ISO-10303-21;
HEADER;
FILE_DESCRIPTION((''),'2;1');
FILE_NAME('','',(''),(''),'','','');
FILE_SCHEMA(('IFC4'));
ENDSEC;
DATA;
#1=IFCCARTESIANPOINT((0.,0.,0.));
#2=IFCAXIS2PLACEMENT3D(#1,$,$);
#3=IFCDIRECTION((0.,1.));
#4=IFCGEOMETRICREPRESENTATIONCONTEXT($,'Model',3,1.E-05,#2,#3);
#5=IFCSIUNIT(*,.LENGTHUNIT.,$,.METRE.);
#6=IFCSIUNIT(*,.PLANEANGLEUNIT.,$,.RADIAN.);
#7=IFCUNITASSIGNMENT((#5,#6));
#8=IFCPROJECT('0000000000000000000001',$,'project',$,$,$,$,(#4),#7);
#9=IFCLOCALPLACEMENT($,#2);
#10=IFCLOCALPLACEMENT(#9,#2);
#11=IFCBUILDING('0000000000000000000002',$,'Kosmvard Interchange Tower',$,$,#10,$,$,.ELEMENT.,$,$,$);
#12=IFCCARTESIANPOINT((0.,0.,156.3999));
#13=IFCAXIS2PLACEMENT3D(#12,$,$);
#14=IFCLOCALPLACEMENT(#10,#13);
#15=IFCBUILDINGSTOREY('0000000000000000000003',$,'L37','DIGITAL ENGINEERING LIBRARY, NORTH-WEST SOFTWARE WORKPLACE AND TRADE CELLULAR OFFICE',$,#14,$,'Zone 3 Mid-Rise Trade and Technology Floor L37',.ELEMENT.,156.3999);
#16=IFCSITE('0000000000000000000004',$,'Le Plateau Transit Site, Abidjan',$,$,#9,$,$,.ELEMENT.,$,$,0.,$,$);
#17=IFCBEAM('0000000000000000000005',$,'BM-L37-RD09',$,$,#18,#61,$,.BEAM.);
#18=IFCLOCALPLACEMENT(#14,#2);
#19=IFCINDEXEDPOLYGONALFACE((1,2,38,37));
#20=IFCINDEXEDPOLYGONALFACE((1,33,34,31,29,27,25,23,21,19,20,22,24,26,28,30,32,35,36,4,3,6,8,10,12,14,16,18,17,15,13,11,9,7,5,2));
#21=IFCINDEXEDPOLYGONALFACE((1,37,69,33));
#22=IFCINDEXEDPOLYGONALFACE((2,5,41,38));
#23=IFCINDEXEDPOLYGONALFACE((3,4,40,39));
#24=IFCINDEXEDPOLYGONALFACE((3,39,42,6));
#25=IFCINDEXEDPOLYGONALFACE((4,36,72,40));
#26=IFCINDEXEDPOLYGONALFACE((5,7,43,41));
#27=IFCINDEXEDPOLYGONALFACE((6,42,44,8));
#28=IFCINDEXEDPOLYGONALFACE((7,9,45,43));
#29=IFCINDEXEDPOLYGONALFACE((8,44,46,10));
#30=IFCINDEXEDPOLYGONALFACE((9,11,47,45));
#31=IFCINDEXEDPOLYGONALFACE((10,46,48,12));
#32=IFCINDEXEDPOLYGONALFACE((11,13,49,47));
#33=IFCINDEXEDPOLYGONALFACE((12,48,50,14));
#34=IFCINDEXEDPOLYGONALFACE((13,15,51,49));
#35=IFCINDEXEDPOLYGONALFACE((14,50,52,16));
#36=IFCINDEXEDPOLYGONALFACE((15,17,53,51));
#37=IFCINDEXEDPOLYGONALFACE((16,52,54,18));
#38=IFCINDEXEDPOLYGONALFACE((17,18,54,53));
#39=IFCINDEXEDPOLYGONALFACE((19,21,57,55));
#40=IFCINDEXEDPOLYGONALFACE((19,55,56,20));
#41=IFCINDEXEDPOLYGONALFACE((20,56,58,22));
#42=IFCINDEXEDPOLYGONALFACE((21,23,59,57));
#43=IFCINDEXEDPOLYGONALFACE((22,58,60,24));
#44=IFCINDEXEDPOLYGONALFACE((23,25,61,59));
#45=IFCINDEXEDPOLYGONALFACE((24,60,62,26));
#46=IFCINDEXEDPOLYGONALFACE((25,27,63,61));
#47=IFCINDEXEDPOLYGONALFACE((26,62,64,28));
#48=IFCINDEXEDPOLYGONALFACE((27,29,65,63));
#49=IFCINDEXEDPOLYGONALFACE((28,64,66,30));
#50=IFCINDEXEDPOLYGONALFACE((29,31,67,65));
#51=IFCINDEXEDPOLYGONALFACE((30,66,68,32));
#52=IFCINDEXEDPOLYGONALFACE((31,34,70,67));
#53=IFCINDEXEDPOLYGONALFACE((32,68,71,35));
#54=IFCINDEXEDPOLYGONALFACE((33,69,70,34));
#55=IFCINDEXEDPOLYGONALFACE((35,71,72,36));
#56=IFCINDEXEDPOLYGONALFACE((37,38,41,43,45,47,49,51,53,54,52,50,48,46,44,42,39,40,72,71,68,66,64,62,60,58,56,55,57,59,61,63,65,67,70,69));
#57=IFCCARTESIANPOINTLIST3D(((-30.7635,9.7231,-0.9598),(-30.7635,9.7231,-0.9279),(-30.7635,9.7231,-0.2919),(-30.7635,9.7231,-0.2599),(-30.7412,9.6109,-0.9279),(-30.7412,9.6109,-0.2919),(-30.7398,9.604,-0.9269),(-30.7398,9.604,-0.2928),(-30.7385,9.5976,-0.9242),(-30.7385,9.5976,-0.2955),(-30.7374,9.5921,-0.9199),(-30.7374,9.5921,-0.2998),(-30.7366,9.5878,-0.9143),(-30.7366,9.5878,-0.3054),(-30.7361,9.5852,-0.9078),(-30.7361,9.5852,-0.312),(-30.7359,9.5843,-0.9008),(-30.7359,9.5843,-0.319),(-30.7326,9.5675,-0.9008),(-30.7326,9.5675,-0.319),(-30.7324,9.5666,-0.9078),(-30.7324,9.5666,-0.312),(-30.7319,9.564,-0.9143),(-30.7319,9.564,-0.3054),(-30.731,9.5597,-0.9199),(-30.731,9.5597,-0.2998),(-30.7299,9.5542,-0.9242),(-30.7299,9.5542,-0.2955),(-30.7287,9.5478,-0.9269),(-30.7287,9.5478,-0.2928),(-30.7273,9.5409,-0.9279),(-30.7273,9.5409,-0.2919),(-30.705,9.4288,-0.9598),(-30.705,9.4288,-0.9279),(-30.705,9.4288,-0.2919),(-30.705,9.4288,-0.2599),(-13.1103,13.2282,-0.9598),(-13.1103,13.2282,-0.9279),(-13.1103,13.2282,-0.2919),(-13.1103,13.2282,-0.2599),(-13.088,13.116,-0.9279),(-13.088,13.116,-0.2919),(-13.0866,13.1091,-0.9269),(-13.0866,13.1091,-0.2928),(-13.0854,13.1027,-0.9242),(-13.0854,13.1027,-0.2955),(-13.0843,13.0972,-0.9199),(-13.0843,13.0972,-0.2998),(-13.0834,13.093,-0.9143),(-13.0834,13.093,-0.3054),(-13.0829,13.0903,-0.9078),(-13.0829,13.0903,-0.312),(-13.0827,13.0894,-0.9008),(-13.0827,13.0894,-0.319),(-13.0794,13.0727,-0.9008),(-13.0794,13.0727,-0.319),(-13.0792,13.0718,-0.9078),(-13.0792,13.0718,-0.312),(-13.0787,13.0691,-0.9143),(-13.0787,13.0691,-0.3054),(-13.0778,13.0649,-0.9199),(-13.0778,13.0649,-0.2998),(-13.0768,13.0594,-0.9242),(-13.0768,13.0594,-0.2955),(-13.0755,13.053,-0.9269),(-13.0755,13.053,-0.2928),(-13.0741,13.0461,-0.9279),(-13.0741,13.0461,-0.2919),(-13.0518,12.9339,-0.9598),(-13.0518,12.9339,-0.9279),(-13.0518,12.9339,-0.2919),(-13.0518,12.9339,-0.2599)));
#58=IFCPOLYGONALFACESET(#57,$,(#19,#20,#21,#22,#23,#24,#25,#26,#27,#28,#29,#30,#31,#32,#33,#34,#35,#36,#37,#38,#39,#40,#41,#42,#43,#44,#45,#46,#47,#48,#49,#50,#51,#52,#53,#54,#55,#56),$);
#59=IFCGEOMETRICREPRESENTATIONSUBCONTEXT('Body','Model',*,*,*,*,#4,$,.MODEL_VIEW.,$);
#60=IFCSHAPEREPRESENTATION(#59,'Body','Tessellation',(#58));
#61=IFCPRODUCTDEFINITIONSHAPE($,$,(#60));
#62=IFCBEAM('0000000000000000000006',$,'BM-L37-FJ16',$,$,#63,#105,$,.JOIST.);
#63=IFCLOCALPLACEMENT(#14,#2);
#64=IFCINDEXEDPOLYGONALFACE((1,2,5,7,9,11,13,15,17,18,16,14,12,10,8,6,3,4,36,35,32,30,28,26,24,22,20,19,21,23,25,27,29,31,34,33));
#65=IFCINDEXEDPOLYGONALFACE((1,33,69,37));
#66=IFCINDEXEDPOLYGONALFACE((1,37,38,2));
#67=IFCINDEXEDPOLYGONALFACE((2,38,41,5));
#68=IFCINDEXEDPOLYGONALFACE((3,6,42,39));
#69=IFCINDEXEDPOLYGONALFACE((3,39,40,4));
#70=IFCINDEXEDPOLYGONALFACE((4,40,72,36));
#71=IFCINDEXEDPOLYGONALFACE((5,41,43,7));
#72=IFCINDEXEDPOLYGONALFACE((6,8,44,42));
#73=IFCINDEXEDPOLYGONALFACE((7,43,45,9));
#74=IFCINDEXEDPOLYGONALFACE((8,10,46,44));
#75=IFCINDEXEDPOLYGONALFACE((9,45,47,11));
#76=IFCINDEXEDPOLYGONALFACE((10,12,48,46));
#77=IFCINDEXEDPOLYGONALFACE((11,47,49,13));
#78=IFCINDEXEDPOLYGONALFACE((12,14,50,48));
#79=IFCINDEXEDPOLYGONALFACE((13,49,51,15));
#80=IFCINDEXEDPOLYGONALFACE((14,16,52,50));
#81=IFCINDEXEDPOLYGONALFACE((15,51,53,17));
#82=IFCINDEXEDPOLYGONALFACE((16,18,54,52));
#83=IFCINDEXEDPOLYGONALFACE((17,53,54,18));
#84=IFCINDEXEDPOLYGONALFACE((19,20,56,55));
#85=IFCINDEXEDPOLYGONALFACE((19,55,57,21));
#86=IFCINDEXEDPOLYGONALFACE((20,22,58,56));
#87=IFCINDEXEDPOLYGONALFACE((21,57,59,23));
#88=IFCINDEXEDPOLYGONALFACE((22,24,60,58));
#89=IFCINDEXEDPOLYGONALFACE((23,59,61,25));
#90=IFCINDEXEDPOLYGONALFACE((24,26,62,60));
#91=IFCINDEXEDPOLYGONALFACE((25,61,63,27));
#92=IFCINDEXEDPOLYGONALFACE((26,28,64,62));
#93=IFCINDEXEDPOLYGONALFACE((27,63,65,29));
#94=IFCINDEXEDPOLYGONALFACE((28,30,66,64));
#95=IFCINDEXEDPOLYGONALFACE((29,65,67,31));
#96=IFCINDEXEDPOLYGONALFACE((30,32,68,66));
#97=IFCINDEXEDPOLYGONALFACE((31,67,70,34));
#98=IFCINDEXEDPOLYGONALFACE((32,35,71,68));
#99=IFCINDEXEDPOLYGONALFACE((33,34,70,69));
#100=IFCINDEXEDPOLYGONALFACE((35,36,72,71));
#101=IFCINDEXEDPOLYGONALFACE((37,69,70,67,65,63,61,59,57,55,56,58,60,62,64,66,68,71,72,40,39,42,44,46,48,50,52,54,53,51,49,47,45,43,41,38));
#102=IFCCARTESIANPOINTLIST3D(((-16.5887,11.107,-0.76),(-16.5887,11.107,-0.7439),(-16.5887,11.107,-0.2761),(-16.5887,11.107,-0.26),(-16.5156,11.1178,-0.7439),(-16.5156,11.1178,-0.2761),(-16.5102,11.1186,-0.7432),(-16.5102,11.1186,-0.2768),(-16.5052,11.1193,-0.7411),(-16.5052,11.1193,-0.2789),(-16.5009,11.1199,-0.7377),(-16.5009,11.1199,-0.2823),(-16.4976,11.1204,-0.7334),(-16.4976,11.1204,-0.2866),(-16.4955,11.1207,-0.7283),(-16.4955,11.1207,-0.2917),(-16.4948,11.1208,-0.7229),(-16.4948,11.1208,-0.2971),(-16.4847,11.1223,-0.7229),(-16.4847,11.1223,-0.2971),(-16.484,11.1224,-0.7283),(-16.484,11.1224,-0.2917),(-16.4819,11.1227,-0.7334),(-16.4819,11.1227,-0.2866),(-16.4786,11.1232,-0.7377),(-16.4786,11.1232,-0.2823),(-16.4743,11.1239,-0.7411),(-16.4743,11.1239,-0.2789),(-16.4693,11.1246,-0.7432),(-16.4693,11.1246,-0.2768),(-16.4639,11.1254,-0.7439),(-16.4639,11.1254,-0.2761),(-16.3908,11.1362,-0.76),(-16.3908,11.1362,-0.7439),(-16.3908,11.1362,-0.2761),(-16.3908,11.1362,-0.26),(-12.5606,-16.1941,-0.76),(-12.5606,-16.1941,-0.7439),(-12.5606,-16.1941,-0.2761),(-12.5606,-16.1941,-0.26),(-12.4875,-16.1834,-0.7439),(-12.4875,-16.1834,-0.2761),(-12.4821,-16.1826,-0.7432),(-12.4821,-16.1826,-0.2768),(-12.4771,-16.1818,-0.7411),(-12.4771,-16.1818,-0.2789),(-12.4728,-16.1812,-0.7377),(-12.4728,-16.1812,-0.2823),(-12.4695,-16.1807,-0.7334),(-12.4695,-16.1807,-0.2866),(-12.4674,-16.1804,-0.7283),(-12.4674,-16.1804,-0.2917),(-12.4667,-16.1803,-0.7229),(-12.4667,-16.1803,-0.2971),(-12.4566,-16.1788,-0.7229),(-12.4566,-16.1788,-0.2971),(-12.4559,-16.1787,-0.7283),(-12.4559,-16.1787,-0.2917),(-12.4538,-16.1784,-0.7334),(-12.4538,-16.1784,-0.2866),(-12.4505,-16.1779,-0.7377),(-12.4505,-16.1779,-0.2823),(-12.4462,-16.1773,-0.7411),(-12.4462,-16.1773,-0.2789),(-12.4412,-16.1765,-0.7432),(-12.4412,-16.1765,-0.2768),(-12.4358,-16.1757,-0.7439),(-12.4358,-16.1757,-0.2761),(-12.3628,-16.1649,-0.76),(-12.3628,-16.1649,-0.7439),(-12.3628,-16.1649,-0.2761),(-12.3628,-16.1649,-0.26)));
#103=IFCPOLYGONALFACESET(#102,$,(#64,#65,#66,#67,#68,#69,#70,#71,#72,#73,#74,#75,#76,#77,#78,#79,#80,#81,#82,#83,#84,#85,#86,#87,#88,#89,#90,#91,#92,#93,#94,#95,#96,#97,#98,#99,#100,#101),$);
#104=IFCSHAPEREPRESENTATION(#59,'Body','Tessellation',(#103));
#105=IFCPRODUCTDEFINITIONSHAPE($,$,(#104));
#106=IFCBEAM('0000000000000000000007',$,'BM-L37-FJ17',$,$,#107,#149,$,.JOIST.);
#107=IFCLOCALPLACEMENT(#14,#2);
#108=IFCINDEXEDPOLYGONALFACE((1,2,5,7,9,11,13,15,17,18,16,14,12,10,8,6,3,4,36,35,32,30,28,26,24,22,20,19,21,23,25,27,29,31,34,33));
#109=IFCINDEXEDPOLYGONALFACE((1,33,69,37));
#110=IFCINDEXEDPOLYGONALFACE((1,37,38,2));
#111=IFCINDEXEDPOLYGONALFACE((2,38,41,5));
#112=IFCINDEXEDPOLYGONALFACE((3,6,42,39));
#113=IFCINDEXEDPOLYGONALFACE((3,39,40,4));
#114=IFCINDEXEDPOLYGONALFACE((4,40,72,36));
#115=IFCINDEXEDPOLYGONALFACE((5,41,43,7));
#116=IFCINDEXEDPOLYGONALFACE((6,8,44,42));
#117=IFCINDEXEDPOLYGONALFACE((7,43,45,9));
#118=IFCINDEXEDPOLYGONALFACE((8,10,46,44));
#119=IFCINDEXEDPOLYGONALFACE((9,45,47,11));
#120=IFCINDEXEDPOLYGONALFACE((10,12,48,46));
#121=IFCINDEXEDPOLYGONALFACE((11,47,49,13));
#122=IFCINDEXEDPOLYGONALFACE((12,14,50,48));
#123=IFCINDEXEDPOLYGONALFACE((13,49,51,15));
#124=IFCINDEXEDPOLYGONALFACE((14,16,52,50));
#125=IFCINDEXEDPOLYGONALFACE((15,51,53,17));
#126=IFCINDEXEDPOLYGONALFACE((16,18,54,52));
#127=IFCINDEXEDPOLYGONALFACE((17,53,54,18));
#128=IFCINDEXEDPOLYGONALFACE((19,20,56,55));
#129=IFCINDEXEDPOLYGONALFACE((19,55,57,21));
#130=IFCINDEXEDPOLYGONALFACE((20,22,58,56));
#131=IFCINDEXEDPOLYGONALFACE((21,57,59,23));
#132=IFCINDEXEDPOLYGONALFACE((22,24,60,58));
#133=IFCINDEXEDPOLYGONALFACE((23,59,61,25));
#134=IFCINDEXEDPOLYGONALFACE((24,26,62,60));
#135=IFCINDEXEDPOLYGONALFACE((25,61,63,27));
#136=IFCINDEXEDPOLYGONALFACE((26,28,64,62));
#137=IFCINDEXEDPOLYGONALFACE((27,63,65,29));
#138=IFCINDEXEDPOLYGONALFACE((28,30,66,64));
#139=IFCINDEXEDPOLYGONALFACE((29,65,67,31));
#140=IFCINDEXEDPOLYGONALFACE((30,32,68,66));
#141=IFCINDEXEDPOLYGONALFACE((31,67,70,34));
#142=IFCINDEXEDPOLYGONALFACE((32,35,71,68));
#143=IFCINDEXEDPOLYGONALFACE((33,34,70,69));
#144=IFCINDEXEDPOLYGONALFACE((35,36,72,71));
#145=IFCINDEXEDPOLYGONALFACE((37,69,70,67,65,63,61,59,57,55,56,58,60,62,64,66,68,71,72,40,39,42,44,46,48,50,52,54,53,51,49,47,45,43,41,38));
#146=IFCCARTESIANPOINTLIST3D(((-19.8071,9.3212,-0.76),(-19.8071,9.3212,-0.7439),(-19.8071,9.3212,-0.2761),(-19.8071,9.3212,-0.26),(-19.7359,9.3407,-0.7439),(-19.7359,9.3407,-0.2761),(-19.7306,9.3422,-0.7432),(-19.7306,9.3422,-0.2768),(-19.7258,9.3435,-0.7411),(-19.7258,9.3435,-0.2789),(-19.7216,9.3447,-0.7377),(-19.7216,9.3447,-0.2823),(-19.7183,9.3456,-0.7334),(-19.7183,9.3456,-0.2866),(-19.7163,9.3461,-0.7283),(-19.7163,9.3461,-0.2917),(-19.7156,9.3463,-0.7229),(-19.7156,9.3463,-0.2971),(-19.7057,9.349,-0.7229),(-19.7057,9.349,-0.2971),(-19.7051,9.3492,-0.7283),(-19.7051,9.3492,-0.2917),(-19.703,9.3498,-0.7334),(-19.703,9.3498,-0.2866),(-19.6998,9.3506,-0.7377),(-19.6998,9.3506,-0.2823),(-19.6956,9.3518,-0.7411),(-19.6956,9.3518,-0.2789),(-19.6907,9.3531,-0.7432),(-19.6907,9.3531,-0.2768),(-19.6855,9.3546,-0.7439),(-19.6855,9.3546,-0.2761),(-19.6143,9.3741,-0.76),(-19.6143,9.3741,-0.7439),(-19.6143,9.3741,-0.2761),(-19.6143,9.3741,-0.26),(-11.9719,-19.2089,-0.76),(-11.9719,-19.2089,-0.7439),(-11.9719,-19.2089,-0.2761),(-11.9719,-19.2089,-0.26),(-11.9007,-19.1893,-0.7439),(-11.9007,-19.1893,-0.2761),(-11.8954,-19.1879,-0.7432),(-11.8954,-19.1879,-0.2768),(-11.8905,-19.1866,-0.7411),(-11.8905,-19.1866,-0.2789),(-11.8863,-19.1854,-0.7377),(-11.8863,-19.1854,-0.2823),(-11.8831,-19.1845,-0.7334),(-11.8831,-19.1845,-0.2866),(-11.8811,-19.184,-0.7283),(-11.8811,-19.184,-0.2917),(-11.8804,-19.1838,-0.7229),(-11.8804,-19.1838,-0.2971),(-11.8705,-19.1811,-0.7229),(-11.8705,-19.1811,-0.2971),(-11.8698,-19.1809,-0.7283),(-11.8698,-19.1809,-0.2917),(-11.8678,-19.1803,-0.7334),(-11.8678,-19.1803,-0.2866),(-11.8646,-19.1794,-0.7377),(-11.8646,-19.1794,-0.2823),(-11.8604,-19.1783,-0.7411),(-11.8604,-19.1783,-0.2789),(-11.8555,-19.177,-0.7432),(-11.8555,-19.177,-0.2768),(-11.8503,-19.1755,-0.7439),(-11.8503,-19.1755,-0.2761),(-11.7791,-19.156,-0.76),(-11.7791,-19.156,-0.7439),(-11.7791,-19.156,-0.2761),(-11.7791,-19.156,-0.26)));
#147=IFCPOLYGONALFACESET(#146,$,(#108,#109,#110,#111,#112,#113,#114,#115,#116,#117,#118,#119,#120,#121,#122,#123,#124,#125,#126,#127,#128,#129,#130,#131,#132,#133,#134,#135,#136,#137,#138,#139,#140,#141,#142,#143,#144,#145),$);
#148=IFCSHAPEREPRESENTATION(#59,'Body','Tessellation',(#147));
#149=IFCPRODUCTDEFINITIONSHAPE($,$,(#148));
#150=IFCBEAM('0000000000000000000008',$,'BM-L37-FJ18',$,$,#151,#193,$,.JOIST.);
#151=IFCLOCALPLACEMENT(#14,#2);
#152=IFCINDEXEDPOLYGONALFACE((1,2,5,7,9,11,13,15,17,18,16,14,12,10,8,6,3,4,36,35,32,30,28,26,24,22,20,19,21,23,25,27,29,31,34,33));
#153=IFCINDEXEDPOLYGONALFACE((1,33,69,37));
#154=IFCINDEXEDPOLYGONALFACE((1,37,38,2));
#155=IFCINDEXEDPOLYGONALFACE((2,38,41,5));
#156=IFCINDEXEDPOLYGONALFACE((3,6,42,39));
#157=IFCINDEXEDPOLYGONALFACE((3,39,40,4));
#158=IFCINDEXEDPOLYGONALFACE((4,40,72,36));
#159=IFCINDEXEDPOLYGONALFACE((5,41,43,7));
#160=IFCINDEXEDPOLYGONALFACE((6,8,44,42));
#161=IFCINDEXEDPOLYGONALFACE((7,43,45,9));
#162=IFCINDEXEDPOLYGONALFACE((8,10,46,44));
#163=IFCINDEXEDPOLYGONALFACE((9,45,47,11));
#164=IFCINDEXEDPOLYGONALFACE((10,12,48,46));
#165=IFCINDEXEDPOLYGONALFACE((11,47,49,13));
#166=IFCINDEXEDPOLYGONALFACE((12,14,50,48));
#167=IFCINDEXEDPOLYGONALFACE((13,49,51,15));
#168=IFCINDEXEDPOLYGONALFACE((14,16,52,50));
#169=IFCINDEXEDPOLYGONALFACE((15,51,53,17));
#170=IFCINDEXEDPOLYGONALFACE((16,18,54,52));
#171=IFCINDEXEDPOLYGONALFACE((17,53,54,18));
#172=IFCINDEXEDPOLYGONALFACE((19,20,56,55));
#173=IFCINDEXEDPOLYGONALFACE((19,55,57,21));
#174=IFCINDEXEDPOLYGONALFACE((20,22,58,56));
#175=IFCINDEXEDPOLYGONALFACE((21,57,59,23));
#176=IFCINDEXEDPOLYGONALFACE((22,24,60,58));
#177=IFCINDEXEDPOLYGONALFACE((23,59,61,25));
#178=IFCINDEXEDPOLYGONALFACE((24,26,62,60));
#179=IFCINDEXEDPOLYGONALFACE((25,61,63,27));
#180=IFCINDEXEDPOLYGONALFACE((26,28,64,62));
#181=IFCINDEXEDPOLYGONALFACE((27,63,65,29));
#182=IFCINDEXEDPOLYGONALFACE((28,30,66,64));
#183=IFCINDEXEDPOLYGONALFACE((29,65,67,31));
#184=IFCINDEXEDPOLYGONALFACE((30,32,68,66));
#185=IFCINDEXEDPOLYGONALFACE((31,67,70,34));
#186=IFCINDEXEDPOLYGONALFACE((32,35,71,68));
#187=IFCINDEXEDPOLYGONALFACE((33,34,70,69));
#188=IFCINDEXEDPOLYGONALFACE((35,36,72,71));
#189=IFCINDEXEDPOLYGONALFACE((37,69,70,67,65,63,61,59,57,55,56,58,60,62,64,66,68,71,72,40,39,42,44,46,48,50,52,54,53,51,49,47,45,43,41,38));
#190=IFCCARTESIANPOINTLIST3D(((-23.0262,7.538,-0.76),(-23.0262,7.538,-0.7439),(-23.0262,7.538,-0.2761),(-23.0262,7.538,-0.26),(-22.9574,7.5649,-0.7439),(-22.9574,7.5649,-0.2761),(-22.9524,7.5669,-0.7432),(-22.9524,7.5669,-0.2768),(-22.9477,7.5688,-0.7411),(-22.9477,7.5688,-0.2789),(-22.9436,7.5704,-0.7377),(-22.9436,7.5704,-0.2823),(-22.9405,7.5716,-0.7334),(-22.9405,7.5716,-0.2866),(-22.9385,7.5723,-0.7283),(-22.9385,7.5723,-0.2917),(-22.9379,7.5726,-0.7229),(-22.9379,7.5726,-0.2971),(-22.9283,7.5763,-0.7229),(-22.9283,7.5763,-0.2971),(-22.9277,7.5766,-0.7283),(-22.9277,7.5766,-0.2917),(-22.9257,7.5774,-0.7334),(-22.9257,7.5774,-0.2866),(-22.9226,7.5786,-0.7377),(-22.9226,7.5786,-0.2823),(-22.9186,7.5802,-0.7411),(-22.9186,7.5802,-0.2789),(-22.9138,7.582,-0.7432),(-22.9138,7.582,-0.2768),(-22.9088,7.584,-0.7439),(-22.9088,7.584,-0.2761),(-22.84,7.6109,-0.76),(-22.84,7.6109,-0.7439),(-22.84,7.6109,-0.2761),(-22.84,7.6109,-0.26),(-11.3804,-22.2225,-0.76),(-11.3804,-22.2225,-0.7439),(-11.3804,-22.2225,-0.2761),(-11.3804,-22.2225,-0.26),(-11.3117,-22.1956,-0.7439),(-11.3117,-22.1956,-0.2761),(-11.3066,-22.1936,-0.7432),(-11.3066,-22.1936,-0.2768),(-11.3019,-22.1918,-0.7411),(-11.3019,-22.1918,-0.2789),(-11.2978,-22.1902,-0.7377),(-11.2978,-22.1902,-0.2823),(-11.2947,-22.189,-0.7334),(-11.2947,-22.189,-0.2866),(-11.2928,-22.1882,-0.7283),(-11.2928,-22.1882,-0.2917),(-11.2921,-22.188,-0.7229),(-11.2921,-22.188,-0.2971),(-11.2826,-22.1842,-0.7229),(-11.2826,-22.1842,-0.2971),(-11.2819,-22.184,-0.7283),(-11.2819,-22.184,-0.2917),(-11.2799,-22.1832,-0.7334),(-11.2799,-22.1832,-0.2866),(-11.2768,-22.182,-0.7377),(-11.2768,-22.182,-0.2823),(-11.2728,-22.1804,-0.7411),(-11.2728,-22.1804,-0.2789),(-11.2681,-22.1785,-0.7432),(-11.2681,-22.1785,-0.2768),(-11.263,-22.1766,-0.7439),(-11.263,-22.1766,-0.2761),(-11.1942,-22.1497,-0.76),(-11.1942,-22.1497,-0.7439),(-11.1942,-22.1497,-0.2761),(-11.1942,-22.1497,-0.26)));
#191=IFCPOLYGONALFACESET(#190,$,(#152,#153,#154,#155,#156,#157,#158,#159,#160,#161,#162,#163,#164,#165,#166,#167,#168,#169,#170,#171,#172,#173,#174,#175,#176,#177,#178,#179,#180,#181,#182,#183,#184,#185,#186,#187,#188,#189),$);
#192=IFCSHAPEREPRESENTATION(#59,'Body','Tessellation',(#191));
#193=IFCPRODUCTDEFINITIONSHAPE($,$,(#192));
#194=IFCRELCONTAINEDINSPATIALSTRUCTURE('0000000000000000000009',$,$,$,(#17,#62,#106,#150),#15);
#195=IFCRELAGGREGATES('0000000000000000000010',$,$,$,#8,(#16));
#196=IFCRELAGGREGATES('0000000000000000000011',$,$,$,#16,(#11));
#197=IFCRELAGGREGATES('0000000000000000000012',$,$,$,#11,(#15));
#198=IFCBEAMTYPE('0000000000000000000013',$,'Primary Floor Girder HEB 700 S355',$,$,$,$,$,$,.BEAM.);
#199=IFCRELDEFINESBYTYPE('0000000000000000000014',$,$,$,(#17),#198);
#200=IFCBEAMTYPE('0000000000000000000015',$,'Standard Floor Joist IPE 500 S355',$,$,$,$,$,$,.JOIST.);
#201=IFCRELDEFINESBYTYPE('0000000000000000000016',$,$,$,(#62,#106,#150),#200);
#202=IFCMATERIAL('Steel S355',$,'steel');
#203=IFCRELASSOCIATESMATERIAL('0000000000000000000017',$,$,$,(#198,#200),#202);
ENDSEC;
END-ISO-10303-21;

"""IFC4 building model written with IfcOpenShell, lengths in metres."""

from ifc_helpers import new_model, si_unit, direction, frame, origin, origin_2d, place, context, subcontext, project, spatial, i_section, extrude, source, transform, mapped, material, material_profile, profile_set, type_object, element, save


model = new_model("IFC4")

# Units and contexts
model_context = context("Model", 3, precision=1e-05, world=origin(), true_north=direction((0.0, 1.0)))
body_context = subcontext(model_context, "Body", "Model", "MODEL_VIEW")
ifc_project = project(units=[si_unit("LENGTHUNIT", "METRE"), si_unit("PLANEANGLEUNIT", "RADIAN")], contexts=[model_context])

# Site, building, storey
site_placement = place(None, origin())
site = spatial("IfcSite", under=ifc_project, at=site_placement, Name="Le Plateau Transit Site, Abidjan", CompositionType="ELEMENT", RefElevation=0.0)
building_placement = place(site_placement, origin())
building = spatial("IfcBuilding", under=site, at=building_placement, Name="Kosmvard Interchange Tower", CompositionType="ELEMENT")
storey_placement = place(building_placement, frame((0.0, 0.0, 156.3999)))
storey = spatial("IfcBuildingStorey", under=building, at=storey_placement, Name="L37", Description="DIGITAL ENGINEERING LIBRARY, NORTH-WEST SOFTWARE WORKPLACE AND TRADE CELLULAR OFFICE", LongName="Zone 3 Mid-Rise Trade and Technology Floor L37", CompositionType="ELEMENT", Elevation=156.3999)

# Beams
ifc_material_1 = material(Name="Steel S355", Category="steel")
ifc_material_profile_1 = material_profile(ifc_material_1, i_section(OverallWidth=0.3, OverallDepth=0.7, WebThickness=0.0171, FlangeThickness=0.032, FilletRadius=0.0271, at=origin_2d()), Name="HEB 700")
ifc_profile_set_1 = profile_set([ifc_material_profile_1], Name="Steel S355")
beam_type_1 = type_object("IfcBeamType", Name="Primary Floor Girder HEB 700 S355", PredefinedType="BEAM", material=ifc_profile_set_1)
shared_shape_1 = source(origin(), body_context, "Body", "SweptSolid", [
    extrude(i_section(OverallWidth=0.3, OverallDepth=0.7, WebThickness=0.0171, FlangeThickness=0.032, FilletRadius=0.0271, at=origin_2d()), origin(), (0.0, 0.0, 1.0), 17.9978),
])
beam_1_placement = place(storey_placement, frame((-13.0811, 13.0811, -0.6099), z_axis=(-0.980852, -0.194754, 0.0), x_axis=(0.194754, -0.980852, 0.0)))
element("IfcBeam", 1, at=beam_1_placement, inside=storey, type_object=beam_type_1, Name="BM-L37-RD09", PredefinedType="BEAM", context=body_context, shape_type="MappedRepresentation", body=[
    mapped(shared_shape_1, transform((0.0, 0.0, 0.0), scale=1.0)),
])
ifc_material_profile_2 = material_profile(ifc_material_1, i_section(OverallWidth=0.2, OverallDepth=0.5, WebThickness=0.0103, FlangeThickness=0.0161, FilletRadius=0.021, at=origin_2d()), Name="IPE 500")
ifc_profile_set_2 = profile_set([ifc_material_profile_2], Name="Steel S355")
beam_type_2 = type_object("IfcBeamType", Name="Standard Floor Joist IPE 500 S355", PredefinedType="JOIST", material=ifc_profile_set_2)
shared_shape_2 = source(origin(), body_context, "Body", "SweptSolid", [
    extrude(i_section(OverallWidth=0.2, OverallDepth=0.5, WebThickness=0.0103, FlangeThickness=0.0161, FilletRadius=0.021, at=origin_2d()), origin(), (0.0, 0.0, 1.0), 27.5967),
])
beam_2_placement = place(storey_placement, frame((-16.4897, 11.1216, -0.51), z_axis=(0.145963, -0.98929, 0.0), x_axis=(0.98929, 0.145963, 0.0)))
element("IfcBeam", 2, at=beam_2_placement, inside=storey, type_object=beam_type_2, Name="BM-L37-FJ16", PredefinedType="JOIST", context=body_context, shape_type="MappedRepresentation", body=[
    mapped(shared_shape_2, transform((0.0, 0.0, 0.0), scale=1.0)),
])
shared_shape_3 = source(origin(), body_context, "Body", "SweptSolid", [
    extrude(i_section(OverallWidth=0.2, OverallDepth=0.5, WebThickness=0.0103, FlangeThickness=0.0161, FilletRadius=0.021, at=origin_2d()), origin(), (0.0, 0.0, 1.0), 29.5864),
])
beam_3_placement = place(storey_placement, frame((-19.7107, 9.3477, -0.51), z_axis=(0.264825, -0.964297, 0.0), x_axis=(0.964297, 0.264825, 0.0)))
element("IfcBeam", 3, at=beam_3_placement, inside=storey, type_object=beam_type_2, Name="BM-L37-FJ17", PredefinedType="JOIST", context=body_context, shape_type="MappedRepresentation", body=[
    mapped(shared_shape_3, transform((0.0, 0.0, 0.0), scale=1.0)),
])
shared_shape_4 = source(origin(), body_context, "Body", "SweptSolid", [
    extrude(i_section(OverallWidth=0.2, OverallDepth=0.5, WebThickness=0.0103, FlangeThickness=0.0161, FilletRadius=0.021, at=origin_2d()), origin(), (0.0, 0.0, 1.0), 31.958),
])
beam_4_placement = place(storey_placement, frame((-22.9331, 7.5745, -0.51), z_axis=(0.364409, -0.931239, 0.0), x_axis=(0.931239, 0.364409, 0.0)))
element("IfcBeam", 4, at=beam_4_placement, inside=storey, type_object=beam_type_2, Name="BM-L37-FJ18", PredefinedType="JOIST", context=body_context, shape_type="MappedRepresentation", body=[
    mapped(shared_shape_4, transform((0.0, 0.0, 0.0), scale=1.0)),
])

save(model, "model.ifc")
